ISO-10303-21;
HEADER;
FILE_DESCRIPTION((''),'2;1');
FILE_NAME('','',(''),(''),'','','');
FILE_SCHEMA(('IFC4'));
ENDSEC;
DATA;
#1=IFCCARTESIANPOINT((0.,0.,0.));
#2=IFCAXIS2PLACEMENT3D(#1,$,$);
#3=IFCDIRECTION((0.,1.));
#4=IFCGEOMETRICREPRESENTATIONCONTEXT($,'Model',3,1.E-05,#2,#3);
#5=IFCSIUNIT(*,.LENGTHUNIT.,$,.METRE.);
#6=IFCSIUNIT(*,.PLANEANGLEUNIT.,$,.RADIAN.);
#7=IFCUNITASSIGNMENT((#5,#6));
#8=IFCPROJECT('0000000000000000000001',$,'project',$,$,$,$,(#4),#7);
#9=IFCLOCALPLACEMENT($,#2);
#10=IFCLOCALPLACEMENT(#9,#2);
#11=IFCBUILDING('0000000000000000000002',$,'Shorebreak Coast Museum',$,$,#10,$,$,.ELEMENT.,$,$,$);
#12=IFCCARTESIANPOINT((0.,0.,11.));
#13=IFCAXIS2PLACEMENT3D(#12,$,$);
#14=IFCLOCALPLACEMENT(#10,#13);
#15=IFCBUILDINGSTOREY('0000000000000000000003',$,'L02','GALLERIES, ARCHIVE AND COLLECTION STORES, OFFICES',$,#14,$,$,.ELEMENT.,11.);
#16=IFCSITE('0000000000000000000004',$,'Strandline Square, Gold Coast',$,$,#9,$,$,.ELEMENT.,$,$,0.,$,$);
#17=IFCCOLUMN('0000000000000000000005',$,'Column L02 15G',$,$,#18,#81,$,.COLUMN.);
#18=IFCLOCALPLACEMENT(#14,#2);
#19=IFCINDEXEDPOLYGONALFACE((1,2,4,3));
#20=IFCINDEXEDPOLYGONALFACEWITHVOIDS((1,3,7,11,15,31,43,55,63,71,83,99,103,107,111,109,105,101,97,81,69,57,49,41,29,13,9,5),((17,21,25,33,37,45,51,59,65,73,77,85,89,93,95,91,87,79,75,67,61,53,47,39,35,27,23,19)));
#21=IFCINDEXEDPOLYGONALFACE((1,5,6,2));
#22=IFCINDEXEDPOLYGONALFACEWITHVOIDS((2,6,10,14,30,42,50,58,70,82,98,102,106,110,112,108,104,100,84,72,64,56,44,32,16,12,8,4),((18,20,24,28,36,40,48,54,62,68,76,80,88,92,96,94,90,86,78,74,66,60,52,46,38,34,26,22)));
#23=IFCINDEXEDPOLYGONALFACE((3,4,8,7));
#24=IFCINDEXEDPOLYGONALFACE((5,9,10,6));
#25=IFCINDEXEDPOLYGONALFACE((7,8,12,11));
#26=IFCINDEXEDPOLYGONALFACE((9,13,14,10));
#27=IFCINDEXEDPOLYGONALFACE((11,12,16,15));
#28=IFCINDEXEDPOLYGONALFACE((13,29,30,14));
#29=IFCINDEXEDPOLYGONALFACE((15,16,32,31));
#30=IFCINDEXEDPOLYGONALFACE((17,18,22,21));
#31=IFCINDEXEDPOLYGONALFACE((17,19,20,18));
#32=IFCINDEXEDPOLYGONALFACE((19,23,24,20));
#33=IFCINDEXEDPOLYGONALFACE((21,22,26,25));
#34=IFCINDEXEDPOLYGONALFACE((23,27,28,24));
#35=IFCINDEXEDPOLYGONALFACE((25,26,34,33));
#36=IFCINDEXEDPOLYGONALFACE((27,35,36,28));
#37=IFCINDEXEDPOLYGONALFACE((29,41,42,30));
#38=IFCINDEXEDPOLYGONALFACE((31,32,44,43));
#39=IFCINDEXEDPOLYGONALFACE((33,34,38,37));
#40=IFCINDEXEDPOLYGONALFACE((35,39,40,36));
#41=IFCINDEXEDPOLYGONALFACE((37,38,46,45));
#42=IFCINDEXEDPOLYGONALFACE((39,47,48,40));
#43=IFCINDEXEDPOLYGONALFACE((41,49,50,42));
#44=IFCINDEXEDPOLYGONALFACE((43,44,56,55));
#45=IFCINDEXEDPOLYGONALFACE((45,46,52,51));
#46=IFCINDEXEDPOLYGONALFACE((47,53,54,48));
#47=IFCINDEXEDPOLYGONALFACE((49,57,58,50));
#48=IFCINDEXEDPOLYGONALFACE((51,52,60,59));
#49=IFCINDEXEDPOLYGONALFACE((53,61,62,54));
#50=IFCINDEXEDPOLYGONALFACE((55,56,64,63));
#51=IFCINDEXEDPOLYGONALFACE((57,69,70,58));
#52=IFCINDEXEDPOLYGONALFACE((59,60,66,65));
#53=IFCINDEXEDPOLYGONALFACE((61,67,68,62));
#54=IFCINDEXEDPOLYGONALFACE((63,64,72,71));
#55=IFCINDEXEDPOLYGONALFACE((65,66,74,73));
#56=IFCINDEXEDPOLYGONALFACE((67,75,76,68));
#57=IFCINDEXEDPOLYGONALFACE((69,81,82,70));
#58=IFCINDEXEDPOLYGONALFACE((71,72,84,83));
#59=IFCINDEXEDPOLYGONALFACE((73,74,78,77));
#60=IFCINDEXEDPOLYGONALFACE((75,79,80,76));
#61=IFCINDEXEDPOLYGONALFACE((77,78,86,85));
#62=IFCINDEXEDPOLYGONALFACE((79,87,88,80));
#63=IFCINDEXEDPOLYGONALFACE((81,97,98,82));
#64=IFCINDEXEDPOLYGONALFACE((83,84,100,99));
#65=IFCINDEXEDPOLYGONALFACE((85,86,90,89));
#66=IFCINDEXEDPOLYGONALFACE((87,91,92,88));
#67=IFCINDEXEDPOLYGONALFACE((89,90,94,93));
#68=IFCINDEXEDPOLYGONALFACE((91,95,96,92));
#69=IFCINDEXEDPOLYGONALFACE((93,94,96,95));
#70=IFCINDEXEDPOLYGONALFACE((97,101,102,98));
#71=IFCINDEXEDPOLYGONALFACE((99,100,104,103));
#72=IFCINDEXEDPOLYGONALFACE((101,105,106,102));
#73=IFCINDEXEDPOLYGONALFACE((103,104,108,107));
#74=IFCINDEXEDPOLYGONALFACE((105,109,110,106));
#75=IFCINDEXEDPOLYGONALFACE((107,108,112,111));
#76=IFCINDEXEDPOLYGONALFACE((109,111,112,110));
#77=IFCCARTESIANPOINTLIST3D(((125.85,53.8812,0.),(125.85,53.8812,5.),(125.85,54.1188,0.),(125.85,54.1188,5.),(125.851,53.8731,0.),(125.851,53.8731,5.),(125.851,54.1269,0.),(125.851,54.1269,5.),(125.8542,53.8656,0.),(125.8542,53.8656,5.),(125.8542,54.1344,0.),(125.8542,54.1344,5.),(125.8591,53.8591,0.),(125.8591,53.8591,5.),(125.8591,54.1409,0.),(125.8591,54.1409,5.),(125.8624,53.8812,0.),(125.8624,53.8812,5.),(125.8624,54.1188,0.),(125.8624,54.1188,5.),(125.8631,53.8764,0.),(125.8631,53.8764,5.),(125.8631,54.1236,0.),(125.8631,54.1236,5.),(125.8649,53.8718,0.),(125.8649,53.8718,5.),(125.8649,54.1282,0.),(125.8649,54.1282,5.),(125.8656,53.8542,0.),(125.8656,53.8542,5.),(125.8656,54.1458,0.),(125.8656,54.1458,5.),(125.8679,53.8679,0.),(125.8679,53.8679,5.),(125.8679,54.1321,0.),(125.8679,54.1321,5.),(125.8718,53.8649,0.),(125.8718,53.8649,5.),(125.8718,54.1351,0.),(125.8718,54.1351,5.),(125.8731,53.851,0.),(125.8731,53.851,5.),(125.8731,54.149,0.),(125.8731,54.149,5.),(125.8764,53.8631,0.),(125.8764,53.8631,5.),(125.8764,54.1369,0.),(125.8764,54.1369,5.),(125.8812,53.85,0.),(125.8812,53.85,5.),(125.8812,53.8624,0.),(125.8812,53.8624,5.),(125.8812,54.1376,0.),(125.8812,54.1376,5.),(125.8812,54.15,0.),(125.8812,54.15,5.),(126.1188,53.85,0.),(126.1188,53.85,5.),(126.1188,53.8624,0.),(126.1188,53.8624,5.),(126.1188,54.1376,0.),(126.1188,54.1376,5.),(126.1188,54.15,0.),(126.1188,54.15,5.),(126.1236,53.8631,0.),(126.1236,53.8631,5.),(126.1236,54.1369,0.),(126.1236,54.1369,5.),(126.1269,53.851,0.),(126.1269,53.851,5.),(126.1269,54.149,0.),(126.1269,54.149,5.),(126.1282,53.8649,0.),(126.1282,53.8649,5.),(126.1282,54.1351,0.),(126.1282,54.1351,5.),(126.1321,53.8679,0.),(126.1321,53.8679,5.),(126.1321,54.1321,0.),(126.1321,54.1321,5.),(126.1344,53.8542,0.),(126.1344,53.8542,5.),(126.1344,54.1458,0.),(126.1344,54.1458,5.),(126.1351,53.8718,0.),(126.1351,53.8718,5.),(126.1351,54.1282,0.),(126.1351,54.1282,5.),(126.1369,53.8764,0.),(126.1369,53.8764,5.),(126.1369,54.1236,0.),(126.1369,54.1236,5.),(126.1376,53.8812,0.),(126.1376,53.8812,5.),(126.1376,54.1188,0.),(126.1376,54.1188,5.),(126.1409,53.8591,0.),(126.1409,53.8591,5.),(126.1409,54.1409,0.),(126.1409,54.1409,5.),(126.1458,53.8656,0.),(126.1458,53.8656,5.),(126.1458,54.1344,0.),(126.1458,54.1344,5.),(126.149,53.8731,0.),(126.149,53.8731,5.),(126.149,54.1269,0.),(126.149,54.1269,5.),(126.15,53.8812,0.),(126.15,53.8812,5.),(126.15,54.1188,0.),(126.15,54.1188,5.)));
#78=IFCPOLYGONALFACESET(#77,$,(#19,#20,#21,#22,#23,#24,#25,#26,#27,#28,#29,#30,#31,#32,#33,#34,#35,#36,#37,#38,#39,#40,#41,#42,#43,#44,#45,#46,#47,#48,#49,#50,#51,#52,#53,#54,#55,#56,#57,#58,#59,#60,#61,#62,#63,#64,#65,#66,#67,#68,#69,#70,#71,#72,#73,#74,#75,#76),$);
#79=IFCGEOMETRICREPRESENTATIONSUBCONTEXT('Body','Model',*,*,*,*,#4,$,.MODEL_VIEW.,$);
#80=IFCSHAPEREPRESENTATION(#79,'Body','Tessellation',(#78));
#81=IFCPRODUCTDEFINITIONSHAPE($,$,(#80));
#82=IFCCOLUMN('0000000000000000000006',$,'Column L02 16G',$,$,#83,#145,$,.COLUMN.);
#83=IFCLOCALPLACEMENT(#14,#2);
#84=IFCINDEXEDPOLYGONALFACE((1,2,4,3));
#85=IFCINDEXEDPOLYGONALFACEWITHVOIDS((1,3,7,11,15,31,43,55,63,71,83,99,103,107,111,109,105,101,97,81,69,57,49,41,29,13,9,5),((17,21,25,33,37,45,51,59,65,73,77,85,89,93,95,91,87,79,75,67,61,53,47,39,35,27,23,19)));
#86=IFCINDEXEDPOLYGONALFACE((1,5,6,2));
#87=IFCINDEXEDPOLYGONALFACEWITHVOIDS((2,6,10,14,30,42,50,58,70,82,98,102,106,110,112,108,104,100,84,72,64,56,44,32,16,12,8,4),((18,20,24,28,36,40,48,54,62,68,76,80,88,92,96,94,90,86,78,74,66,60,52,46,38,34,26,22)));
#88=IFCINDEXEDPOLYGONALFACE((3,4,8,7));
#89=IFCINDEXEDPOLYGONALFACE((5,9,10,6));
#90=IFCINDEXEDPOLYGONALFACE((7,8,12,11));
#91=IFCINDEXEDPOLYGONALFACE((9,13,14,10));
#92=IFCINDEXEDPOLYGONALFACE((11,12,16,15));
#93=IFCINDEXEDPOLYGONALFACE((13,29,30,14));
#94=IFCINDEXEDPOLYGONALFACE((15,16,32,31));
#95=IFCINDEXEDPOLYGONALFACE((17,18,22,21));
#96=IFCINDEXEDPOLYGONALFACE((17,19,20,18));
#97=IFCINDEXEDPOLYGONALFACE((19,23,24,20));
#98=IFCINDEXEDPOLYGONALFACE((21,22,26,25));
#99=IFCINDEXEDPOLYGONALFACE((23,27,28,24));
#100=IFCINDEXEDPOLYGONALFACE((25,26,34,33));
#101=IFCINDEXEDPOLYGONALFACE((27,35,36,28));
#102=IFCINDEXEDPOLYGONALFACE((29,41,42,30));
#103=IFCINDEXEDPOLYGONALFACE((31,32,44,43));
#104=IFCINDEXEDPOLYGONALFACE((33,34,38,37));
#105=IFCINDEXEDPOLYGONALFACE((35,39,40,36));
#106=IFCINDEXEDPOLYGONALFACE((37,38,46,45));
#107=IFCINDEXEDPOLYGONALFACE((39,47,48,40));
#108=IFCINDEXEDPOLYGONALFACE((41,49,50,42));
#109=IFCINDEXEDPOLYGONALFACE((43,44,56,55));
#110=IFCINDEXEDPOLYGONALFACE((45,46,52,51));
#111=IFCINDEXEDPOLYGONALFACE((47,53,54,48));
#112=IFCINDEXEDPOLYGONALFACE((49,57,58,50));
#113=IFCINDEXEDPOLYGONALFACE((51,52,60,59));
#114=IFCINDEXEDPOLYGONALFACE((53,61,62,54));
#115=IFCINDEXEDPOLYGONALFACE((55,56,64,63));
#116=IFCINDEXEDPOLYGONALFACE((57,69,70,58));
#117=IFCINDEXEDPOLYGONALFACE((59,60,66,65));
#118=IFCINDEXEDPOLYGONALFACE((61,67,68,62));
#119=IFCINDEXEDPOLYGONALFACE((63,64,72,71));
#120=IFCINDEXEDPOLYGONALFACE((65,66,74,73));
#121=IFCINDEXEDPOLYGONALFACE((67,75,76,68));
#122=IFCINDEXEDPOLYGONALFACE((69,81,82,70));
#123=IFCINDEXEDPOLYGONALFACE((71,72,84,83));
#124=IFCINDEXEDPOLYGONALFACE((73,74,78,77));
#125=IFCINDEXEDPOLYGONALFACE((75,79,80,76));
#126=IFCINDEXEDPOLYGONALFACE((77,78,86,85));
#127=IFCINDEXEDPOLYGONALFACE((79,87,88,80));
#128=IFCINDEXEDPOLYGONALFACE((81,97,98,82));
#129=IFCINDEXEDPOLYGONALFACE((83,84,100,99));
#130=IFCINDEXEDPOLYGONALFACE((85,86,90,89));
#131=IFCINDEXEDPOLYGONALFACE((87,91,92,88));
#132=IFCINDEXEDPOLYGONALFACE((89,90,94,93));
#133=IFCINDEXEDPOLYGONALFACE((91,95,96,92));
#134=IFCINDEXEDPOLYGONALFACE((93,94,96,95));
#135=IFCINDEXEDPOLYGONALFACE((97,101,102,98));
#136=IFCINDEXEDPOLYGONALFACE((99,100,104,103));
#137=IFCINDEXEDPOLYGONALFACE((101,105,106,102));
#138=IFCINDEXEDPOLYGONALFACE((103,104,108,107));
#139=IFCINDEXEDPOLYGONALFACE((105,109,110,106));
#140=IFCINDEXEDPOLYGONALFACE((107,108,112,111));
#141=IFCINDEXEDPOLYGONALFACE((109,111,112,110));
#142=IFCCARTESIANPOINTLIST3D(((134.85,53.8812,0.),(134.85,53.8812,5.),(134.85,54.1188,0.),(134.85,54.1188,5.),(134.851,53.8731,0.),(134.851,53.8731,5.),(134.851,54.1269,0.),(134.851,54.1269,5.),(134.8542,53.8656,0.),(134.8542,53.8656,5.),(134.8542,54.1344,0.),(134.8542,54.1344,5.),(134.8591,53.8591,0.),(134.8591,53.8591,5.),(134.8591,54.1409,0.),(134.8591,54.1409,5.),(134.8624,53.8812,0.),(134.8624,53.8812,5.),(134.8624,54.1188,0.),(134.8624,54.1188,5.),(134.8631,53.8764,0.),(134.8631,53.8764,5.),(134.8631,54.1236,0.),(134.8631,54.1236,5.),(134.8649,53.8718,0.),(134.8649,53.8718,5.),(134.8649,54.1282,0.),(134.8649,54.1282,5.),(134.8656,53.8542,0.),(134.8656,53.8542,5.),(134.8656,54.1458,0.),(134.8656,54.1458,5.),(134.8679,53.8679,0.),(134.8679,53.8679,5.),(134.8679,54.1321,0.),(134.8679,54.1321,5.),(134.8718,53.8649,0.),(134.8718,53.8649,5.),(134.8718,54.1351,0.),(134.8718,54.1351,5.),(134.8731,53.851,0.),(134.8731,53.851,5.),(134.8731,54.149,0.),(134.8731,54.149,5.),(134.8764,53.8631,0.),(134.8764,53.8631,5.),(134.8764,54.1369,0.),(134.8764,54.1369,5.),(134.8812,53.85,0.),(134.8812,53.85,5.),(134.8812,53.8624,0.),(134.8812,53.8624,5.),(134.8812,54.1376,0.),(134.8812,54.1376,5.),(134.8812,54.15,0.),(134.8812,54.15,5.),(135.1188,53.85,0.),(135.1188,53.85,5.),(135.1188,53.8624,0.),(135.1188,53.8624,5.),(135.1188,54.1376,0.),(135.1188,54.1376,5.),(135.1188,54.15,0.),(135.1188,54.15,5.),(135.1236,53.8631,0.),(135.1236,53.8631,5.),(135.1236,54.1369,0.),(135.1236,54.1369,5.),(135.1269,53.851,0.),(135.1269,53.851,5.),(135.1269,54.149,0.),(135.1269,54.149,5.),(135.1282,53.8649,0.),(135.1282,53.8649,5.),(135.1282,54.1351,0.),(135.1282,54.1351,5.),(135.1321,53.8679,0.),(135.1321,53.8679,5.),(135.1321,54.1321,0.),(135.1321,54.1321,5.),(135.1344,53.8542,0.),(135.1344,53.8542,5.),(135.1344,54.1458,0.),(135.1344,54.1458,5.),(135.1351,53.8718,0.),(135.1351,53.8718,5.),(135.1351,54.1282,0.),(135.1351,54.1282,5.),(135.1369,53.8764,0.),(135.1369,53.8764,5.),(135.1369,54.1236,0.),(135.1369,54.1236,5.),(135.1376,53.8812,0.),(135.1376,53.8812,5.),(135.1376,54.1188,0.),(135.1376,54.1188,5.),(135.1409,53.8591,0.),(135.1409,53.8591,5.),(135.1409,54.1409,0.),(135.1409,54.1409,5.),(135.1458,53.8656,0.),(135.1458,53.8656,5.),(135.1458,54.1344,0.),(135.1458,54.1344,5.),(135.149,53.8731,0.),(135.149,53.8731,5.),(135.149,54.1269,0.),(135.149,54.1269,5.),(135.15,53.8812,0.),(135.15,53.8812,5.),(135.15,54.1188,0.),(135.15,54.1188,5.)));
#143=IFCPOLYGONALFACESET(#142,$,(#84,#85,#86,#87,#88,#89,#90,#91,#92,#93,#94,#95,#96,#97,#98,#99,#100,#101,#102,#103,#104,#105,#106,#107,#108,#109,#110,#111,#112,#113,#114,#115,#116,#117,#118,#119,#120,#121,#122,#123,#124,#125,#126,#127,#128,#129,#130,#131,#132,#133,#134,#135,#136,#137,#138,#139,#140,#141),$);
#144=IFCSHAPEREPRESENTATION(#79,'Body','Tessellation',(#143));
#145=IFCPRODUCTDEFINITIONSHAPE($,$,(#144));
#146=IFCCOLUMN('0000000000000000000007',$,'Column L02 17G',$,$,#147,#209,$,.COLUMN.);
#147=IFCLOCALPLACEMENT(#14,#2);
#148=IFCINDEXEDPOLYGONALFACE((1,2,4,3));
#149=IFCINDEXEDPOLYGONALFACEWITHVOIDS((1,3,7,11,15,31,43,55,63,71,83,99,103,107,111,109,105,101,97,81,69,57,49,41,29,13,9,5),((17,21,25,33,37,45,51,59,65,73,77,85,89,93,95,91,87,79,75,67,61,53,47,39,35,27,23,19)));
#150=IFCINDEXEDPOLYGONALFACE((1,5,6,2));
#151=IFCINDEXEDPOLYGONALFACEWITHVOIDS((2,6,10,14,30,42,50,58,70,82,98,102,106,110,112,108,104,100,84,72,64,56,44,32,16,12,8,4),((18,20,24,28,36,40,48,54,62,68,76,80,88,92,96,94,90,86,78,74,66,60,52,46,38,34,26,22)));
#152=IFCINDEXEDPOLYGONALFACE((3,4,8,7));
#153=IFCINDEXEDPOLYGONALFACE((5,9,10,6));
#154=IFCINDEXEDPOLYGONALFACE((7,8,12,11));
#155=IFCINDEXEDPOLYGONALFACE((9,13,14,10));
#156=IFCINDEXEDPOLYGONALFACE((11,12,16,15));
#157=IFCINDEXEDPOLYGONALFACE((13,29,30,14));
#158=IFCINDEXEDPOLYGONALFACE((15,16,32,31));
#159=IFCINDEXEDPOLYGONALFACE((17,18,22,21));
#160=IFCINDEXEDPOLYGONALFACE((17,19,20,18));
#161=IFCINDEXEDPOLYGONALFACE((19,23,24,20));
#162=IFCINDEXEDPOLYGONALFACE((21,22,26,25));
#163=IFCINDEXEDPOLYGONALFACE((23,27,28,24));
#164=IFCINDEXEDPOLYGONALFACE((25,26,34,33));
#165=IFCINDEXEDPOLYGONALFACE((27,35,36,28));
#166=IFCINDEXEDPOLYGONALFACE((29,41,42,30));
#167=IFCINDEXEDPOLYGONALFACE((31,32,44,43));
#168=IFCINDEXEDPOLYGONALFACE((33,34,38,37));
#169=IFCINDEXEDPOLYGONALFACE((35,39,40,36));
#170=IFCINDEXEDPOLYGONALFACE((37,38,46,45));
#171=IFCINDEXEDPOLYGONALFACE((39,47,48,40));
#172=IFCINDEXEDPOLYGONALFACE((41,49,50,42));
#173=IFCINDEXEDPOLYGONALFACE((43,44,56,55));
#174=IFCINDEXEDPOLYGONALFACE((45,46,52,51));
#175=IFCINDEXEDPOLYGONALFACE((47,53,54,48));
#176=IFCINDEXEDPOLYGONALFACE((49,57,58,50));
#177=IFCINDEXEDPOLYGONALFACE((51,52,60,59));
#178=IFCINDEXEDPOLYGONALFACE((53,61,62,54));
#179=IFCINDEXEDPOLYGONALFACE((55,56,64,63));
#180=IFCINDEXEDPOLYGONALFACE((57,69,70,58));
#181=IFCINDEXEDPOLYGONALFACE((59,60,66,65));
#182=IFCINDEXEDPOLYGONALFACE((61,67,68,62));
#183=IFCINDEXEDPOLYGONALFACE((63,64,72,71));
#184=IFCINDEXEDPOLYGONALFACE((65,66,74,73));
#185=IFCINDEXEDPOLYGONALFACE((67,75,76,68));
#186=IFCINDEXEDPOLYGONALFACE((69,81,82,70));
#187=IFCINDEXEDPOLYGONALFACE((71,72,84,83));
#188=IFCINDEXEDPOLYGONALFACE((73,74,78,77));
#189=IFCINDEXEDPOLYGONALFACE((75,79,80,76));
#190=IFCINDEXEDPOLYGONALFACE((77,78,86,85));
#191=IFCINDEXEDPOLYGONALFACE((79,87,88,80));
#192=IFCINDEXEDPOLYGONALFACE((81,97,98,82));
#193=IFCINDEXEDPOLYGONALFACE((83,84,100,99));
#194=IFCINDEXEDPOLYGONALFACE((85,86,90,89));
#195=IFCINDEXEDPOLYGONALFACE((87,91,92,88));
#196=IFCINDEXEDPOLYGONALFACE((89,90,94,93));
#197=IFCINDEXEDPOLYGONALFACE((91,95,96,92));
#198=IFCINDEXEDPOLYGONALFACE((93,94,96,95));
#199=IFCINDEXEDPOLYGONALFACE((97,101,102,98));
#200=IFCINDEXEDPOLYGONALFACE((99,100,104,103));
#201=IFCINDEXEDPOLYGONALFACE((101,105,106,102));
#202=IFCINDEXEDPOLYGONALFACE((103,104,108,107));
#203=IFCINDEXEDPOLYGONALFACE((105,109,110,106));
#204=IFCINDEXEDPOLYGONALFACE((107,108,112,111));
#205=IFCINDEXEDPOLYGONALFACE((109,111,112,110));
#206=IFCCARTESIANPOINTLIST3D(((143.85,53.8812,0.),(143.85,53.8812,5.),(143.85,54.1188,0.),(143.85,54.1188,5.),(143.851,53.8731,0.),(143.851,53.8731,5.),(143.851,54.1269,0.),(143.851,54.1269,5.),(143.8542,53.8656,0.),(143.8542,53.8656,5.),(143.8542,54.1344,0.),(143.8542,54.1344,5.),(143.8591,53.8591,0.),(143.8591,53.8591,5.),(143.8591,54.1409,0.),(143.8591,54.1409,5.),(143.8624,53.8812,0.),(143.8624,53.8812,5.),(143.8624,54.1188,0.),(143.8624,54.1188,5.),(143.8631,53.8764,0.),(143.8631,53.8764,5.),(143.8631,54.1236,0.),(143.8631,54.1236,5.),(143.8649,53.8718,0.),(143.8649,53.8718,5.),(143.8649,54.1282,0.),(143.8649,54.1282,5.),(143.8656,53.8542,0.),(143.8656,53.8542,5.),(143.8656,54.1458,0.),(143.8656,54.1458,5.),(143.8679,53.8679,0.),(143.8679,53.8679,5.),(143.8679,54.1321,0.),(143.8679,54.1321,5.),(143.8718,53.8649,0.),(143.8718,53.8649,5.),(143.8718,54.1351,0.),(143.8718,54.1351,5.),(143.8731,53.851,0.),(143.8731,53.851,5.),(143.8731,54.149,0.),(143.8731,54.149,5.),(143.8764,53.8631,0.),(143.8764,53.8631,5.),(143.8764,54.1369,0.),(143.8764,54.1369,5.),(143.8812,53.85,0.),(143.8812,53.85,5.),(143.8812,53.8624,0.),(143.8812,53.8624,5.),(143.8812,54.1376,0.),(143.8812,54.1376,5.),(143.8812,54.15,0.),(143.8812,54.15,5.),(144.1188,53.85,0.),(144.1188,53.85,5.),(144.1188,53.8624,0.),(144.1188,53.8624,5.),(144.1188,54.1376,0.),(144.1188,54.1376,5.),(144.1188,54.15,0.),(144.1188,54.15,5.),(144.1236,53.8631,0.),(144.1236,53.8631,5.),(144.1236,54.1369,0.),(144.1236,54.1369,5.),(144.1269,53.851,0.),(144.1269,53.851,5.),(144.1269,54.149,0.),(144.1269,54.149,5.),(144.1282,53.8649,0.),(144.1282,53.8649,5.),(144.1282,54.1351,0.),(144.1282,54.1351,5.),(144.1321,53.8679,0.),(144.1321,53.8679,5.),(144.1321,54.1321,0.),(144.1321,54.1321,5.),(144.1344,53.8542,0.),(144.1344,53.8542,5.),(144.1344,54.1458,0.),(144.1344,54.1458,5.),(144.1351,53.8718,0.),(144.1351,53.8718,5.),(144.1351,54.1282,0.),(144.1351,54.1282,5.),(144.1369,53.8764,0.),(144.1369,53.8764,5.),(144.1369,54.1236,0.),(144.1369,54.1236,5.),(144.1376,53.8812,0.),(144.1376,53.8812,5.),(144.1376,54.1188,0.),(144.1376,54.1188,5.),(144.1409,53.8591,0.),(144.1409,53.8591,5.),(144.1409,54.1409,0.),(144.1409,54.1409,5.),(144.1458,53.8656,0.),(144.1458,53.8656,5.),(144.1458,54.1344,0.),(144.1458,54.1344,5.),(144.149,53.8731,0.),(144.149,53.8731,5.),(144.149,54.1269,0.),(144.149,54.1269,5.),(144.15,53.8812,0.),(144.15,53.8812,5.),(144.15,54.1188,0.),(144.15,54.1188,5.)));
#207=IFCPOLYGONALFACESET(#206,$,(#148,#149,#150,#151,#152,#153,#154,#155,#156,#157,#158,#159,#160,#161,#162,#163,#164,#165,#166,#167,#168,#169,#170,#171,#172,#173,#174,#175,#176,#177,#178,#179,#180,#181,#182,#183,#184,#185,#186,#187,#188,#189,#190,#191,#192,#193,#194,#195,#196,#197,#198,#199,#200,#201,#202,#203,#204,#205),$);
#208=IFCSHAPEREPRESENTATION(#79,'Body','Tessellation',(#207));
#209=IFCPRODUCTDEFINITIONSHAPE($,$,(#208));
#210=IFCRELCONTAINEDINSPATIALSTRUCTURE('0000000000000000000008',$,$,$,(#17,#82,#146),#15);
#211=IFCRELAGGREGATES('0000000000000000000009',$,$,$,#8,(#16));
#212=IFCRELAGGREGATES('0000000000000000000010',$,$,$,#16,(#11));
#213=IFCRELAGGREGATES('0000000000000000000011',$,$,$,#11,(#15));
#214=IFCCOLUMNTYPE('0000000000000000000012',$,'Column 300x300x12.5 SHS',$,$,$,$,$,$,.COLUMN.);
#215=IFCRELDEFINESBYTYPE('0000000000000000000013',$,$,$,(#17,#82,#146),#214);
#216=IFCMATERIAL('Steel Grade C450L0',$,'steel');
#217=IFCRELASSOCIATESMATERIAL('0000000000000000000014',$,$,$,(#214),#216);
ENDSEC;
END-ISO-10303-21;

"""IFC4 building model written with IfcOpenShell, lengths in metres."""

from ifc_helpers import new_model, si_unit, direction, frame, origin, origin_2d, place, context, subcontext, project, spatial, hollow_rectangle, extrude, material, material_profile, profile_set, type_object, element, save


model = new_model("IFC4")

# Units and contexts
model_context = context("Model", 3, precision=1e-05, world=origin(), true_north=direction((0.0, 1.0)))
body_context = subcontext(model_context, "Body", "Model", "MODEL_VIEW")
ifc_project = project(units=[si_unit("LENGTHUNIT", "METRE"), si_unit("PLANEANGLEUNIT", "RADIAN")], contexts=[model_context])

# Site, building, storey
site_placement = place(None, origin())
site = spatial("IfcSite", under=ifc_project, at=site_placement, Name="Strandline Square, Gold Coast", CompositionType="ELEMENT", RefElevation=0.0)
building_placement = place(site_placement, origin())
building = spatial("IfcBuilding", under=site, at=building_placement, Name="Shorebreak Coast Museum", CompositionType="ELEMENT")
storey_placement = place(building_placement, frame((0.0, 0.0, 11.0)))
storey = spatial("IfcBuildingStorey", under=building, at=storey_placement, Name="L02", Description="GALLERIES, ARCHIVE AND COLLECTION STORES, OFFICES", CompositionType="ELEMENT", Elevation=11.0)

# Columns
ifc_material_1 = material(Name="Steel Grade C450L0", Category="steel")
ifc_material_profile_1 = material_profile(ifc_material_1, hollow_rectangle(XDim=0.3, YDim=0.3, WallThickness=0.0125, InnerFilletRadius=0.0188, OuterFilletRadius=0.0312, at=origin_2d()), Name="300x300x12.5 SHS")
ifc_profile_set_1 = profile_set([ifc_material_profile_1], Name="Steel Grade C450L0")
column_type = type_object("IfcColumnType", Name="Column 300x300x12.5 SHS", PredefinedType="COLUMN", material=ifc_profile_set_1)
for number, where, z_axis, x_axis, name in (
    (1, (126.0, 54.0, 0.0), (0.0, 0.0, 1.0), (1.0, 0.0, 0.0), "Column L02 15G"),
    (2, (135.0, 54.0, 0.0), (0.0, 0.0, 1.0), (1.0, 0.0, 0.0), "Column L02 16G"),
    (3, (144.0, 54.0, 0.0), (0.0, 0.0, 1.0), (1.0, 0.0, 0.0), "Column L02 17G"),
):
    element("IfcColumn", number, at=place(storey_placement, frame(where, z_axis=z_axis, x_axis=x_axis)), inside=storey, type_object=column_type, Name=name, PredefinedType="COLUMN", context=body_context, shape_type="SweptSolid", body=[
        extrude(hollow_rectangle(XDim=0.3, YDim=0.3, WallThickness=0.0125, InnerFilletRadius=0.0188, OuterFilletRadius=0.0312, at=origin_2d()), origin(), (0.0, 0.0, 1.0), 5.0),
    ])

save(model, "model.ifc")
